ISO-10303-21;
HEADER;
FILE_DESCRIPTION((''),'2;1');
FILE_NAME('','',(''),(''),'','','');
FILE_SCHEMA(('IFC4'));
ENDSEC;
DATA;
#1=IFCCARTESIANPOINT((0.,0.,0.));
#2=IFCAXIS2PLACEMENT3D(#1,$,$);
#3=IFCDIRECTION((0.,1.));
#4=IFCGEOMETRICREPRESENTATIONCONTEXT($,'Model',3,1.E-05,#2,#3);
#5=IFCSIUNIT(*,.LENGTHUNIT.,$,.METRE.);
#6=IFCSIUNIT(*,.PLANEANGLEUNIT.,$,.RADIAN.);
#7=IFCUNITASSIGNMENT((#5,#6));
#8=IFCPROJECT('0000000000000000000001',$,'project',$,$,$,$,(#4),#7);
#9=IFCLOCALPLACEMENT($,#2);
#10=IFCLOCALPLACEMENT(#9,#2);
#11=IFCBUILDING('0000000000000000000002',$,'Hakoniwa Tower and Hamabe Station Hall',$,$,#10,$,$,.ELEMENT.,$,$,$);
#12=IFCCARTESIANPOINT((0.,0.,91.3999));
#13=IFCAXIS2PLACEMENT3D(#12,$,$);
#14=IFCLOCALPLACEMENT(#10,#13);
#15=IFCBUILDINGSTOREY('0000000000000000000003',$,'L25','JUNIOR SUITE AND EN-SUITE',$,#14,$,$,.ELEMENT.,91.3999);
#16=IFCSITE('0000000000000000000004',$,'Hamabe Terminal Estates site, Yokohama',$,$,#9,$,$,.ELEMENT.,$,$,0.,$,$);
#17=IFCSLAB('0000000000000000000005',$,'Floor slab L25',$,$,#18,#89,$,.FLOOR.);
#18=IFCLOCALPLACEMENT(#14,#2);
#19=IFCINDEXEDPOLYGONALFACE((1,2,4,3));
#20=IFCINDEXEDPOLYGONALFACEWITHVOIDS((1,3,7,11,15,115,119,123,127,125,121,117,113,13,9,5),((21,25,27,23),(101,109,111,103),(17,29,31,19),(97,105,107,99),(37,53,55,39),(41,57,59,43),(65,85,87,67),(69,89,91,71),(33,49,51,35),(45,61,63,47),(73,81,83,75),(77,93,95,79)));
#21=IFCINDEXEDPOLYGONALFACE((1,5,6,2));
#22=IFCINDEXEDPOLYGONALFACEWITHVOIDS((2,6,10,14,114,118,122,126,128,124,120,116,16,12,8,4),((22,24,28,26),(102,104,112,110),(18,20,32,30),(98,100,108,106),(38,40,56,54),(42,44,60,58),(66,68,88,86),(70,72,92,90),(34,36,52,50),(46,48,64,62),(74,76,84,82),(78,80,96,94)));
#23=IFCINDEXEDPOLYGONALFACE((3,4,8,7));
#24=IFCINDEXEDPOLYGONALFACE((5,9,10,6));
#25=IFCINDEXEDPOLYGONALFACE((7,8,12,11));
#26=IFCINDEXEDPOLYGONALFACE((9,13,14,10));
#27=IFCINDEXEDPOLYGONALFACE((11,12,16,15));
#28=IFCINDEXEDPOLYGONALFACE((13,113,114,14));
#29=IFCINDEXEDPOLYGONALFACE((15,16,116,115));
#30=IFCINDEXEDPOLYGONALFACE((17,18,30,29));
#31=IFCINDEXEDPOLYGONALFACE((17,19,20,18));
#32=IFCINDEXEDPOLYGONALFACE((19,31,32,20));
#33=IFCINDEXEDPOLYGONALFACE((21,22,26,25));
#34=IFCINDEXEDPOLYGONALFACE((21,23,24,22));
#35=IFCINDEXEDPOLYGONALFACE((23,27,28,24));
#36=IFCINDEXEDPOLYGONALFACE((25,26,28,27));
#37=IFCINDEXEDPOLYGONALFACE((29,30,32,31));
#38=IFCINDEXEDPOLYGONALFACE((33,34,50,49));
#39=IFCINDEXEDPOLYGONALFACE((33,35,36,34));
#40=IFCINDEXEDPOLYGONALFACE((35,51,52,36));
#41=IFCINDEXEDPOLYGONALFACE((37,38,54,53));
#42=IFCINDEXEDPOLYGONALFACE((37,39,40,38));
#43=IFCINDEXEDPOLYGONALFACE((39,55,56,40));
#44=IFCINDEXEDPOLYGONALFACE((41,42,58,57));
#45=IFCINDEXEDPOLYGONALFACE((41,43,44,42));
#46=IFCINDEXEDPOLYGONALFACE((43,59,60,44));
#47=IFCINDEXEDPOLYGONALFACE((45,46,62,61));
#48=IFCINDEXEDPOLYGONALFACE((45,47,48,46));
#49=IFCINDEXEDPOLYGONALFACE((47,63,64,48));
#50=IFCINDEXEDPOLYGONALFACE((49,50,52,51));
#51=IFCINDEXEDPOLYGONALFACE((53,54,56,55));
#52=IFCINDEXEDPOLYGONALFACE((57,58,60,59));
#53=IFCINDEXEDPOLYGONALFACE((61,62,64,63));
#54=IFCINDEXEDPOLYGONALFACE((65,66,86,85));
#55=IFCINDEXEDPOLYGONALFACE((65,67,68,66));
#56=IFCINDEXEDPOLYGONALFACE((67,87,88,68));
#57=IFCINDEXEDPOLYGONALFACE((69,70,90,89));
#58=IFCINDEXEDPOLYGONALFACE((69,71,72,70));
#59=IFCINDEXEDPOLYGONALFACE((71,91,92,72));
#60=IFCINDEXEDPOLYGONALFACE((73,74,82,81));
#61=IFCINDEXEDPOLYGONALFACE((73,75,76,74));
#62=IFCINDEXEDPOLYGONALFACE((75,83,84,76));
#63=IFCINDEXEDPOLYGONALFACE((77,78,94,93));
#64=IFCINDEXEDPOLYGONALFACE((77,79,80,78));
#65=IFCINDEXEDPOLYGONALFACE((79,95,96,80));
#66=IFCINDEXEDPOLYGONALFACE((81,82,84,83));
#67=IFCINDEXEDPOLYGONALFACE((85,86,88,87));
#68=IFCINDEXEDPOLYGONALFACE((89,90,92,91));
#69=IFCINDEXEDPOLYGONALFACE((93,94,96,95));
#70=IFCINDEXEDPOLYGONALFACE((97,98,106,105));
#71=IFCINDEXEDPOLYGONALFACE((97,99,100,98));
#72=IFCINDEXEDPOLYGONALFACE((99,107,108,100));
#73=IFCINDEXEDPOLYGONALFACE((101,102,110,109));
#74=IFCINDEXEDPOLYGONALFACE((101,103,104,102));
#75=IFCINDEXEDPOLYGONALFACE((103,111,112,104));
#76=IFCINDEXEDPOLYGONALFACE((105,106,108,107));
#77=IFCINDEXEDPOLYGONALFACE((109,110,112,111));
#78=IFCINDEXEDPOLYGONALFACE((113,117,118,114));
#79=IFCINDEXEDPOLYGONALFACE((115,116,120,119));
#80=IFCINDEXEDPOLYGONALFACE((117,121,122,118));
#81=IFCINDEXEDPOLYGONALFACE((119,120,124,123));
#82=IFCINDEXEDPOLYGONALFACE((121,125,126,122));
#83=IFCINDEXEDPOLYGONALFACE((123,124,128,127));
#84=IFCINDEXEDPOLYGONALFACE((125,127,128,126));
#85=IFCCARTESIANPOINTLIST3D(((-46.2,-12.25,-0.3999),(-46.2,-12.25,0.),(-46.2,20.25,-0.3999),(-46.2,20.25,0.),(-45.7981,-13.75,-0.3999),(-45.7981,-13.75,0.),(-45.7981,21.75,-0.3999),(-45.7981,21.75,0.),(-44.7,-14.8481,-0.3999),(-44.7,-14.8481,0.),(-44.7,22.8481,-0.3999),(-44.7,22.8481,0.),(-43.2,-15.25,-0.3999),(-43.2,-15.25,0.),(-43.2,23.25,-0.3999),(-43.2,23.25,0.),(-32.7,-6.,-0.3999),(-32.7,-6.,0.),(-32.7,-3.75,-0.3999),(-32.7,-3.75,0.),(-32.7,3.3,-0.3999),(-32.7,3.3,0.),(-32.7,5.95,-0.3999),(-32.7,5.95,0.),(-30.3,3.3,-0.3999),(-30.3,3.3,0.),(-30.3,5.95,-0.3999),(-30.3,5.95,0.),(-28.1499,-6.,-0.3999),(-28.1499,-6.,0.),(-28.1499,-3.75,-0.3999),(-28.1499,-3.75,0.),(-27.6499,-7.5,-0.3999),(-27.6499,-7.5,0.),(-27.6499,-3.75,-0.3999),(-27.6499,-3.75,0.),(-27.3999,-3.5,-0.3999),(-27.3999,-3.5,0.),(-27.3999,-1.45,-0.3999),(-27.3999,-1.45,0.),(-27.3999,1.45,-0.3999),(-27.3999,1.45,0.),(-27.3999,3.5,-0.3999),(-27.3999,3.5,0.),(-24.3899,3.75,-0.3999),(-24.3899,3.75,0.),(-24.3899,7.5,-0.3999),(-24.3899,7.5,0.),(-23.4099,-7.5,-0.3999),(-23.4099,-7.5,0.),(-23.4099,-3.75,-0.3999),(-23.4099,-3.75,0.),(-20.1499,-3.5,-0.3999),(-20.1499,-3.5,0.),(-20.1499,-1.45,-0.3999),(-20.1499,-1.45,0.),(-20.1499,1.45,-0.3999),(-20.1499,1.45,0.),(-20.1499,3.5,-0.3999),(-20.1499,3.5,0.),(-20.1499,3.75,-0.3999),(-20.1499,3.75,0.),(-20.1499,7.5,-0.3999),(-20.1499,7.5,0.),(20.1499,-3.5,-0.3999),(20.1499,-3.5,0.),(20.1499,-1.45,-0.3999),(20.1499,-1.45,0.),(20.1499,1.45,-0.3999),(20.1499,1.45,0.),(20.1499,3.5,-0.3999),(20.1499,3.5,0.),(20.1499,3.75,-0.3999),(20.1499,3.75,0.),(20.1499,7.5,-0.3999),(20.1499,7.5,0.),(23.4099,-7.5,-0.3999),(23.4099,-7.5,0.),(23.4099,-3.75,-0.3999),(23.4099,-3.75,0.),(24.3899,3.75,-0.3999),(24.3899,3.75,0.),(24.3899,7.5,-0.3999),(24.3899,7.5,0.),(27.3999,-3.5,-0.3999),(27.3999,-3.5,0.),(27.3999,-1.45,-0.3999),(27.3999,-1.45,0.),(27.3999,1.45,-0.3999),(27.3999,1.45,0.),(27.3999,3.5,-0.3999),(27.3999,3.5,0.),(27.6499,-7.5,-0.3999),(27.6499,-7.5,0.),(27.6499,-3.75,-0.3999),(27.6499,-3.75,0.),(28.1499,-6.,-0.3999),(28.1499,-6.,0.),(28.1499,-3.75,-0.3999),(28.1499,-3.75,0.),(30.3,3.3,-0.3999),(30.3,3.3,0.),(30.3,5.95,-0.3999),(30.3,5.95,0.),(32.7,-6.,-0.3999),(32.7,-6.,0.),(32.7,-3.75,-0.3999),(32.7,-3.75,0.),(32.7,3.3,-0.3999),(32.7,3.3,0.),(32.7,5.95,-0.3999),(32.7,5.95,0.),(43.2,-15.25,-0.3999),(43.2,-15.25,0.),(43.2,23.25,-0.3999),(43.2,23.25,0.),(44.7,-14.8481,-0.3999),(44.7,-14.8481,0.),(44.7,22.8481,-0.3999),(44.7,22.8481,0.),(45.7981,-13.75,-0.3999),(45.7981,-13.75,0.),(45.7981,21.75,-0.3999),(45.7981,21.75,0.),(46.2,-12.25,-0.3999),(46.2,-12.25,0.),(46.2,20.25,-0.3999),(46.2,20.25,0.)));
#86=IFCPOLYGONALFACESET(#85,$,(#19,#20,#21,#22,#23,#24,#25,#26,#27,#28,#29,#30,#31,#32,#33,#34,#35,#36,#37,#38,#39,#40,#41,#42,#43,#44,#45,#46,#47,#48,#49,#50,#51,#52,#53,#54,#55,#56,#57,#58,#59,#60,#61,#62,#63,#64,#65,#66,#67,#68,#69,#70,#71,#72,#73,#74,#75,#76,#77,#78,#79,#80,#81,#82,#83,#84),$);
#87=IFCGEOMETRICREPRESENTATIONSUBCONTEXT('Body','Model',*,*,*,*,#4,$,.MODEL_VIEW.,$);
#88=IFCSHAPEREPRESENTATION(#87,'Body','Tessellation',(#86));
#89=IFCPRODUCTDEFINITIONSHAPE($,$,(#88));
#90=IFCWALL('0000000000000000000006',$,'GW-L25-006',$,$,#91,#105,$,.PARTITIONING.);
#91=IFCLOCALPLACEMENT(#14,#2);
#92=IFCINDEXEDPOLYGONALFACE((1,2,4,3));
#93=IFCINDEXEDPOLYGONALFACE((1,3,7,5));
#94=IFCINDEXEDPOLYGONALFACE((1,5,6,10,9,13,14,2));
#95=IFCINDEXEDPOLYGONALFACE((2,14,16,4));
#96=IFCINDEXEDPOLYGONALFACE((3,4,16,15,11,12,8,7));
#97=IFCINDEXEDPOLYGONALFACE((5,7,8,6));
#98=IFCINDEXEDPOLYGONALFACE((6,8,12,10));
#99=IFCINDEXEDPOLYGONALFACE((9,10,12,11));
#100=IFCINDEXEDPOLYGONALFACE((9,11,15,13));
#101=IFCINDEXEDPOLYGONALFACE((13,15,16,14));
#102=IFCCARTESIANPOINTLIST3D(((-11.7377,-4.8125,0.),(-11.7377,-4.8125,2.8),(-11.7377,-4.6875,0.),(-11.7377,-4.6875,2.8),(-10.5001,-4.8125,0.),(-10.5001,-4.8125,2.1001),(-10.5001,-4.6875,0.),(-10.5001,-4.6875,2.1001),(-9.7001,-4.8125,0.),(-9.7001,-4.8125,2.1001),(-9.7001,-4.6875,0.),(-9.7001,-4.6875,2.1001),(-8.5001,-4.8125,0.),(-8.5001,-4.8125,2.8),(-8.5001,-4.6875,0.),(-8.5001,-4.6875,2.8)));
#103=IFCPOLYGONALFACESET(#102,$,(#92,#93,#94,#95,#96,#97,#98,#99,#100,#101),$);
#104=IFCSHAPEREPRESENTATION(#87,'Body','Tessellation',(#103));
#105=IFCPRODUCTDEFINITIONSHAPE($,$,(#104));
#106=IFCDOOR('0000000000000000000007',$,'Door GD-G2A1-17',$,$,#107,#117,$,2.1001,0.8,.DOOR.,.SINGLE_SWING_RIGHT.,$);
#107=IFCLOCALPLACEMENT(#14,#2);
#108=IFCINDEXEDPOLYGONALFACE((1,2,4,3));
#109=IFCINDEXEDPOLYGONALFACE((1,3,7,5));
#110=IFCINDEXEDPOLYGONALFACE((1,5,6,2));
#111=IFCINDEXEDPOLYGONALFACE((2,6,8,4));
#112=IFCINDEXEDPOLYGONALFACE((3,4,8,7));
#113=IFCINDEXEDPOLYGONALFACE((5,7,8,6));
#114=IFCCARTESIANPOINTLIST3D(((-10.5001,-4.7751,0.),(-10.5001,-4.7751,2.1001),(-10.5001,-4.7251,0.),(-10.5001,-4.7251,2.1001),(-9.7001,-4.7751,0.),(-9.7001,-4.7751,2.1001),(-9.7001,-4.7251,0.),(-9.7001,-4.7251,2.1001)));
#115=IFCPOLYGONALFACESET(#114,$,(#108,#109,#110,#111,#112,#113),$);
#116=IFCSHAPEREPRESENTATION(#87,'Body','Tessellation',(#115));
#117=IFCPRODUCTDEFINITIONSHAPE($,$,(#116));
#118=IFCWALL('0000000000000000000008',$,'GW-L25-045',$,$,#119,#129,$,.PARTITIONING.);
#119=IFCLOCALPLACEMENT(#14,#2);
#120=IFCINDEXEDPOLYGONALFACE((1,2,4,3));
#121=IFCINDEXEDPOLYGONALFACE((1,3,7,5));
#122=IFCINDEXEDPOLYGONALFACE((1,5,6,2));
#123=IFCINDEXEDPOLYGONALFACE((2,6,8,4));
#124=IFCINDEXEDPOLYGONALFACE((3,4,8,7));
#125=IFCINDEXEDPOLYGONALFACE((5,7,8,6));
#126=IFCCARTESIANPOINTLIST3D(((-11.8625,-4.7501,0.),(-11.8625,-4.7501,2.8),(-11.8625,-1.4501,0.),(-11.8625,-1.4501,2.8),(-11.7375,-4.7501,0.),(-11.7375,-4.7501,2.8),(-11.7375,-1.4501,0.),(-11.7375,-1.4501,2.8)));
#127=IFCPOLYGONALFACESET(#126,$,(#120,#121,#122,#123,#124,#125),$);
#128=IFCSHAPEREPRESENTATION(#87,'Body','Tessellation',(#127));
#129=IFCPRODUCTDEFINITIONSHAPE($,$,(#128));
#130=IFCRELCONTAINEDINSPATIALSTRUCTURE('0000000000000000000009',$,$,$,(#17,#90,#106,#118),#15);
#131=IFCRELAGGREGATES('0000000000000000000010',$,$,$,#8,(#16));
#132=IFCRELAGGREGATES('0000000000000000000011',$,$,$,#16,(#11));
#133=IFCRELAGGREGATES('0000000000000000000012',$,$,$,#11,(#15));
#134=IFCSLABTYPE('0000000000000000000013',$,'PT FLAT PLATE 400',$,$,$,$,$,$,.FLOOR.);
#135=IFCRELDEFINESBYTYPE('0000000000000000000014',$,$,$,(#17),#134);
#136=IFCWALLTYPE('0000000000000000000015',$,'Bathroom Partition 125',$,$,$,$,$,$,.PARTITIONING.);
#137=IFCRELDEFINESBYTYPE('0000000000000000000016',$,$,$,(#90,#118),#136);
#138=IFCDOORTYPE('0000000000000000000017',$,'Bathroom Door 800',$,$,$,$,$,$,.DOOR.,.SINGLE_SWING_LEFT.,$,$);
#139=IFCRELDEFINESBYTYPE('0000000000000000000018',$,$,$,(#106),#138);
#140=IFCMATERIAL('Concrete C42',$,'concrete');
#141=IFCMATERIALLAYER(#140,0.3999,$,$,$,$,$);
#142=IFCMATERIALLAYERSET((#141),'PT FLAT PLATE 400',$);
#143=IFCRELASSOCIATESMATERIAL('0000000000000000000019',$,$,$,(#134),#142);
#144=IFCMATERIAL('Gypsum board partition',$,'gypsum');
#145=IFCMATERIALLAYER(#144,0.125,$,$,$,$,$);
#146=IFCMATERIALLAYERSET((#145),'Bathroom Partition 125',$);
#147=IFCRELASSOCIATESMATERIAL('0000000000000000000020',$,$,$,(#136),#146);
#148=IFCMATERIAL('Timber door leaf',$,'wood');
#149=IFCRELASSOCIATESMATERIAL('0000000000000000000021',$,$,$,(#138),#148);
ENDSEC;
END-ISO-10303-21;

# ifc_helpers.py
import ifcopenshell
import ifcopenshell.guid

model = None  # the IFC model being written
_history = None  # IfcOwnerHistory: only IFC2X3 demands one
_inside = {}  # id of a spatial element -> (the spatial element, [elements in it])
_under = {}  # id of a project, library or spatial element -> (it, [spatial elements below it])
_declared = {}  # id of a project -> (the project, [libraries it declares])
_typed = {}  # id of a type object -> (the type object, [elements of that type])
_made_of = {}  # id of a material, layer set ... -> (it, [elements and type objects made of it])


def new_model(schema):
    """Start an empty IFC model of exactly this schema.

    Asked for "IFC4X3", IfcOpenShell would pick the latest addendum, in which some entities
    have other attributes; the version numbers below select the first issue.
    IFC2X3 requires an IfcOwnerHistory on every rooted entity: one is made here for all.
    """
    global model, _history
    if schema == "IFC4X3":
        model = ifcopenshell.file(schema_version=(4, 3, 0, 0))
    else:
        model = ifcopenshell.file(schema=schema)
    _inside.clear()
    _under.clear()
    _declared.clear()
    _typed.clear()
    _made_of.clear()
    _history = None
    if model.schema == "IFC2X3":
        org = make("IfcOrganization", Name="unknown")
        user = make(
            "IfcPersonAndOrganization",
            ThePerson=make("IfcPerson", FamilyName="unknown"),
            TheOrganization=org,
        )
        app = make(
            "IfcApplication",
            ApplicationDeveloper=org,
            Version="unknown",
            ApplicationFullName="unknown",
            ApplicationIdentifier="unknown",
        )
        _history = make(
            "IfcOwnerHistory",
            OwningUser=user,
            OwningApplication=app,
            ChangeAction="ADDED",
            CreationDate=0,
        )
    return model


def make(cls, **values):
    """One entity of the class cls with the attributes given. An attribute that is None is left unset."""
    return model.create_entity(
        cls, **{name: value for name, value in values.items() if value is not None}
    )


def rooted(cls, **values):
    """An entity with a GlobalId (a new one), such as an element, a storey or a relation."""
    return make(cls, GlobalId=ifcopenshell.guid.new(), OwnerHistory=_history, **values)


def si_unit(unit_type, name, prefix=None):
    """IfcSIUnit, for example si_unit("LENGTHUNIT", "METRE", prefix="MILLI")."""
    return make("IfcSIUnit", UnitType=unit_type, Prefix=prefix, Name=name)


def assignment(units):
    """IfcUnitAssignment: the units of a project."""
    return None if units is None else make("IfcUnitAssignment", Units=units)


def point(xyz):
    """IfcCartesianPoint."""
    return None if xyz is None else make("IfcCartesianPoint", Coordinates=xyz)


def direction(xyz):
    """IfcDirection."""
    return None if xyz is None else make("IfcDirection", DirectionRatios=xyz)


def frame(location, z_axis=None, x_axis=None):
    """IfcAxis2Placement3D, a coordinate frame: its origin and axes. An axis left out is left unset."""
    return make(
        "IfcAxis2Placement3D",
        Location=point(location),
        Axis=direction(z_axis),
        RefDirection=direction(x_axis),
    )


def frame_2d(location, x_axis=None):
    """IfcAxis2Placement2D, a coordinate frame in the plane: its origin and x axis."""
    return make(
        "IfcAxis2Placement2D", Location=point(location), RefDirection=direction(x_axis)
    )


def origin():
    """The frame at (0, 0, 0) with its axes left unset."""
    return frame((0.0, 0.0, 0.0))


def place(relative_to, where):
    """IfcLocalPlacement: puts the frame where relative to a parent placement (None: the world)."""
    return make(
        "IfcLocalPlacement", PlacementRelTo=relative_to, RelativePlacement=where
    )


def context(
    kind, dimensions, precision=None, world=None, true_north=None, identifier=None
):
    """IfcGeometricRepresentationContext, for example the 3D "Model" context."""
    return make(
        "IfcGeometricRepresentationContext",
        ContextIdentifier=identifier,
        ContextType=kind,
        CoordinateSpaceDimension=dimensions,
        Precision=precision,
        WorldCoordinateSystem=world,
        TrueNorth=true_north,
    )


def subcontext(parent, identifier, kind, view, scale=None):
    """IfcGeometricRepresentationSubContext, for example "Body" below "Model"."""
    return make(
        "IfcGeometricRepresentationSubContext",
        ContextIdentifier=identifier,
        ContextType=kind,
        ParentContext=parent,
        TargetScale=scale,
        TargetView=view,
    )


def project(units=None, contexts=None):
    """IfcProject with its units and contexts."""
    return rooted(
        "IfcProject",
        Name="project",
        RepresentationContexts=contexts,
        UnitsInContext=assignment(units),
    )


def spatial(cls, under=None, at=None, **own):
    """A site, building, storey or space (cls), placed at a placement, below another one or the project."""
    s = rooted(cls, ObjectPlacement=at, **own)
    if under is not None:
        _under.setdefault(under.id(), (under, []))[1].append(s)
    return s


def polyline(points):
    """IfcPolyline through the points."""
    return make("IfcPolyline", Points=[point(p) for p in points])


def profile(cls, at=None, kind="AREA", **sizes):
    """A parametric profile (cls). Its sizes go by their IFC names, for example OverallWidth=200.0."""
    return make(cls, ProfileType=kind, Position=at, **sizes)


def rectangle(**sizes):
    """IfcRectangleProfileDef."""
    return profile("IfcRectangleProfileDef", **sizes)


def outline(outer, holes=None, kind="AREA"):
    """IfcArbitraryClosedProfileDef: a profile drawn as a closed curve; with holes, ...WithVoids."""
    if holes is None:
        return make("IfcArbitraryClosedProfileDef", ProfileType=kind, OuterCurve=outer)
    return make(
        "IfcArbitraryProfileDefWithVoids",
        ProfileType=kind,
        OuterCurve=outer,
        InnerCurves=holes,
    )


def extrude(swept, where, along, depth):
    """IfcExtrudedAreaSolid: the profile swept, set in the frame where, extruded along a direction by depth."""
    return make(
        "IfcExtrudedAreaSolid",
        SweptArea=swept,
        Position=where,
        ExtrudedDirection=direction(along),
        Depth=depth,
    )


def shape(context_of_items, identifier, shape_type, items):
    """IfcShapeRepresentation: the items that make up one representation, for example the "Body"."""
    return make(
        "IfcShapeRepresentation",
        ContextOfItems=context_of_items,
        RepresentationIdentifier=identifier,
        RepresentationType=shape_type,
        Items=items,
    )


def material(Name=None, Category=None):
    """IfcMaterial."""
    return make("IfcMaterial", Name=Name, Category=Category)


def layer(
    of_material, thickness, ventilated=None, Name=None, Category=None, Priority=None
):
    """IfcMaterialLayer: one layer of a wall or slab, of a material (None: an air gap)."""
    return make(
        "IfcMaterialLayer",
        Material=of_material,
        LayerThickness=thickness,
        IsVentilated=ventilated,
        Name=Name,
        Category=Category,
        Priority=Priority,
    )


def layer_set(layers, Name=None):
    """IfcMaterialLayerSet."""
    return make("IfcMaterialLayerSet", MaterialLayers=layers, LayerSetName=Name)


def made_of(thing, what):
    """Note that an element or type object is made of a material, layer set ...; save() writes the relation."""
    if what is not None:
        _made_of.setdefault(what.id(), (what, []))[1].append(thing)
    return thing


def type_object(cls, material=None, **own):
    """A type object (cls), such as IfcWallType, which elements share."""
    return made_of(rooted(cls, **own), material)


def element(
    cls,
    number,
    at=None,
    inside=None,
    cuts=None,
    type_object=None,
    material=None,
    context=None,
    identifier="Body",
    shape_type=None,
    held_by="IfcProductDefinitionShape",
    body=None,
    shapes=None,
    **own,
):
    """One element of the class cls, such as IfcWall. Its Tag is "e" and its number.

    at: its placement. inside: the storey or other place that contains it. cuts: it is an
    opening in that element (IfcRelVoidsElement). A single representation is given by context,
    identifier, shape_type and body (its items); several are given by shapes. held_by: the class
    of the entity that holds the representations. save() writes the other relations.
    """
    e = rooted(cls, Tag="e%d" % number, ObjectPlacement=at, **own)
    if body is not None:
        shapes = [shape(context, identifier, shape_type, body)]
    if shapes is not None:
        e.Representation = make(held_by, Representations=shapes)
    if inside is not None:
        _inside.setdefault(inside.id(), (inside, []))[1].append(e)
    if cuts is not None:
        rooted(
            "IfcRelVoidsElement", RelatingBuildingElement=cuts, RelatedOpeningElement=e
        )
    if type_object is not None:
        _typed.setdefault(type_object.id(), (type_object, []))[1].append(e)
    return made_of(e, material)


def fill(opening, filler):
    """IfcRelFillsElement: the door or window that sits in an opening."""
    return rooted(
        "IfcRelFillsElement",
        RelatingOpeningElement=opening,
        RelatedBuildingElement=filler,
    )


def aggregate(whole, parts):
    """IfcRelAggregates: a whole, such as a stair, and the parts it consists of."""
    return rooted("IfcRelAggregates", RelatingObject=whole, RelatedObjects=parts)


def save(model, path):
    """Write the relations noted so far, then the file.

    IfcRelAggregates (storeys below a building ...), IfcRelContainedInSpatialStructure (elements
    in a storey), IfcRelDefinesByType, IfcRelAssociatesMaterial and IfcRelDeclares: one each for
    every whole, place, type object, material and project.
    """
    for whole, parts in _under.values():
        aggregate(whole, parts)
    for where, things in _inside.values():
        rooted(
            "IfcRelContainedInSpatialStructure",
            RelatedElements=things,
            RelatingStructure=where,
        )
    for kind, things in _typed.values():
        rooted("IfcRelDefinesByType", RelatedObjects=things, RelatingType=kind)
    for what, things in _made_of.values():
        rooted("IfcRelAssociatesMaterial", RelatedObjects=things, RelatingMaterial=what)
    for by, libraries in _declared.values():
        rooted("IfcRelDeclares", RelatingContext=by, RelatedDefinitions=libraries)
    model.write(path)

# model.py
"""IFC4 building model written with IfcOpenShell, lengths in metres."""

from ifc_helpers import new_model, si_unit, direction, frame, frame_2d, origin, place, context, subcontext, project, spatial, polyline, rectangle, outline, extrude, material, layer, layer_set, type_object, element, fill, save


model = new_model("IFC4")

# Units and contexts
model_context = context("Model", 3, precision=1e-05, world=origin(), true_north=direction((0.0, 1.0)))
body_context = subcontext(model_context, "Body", "Model", "MODEL_VIEW")
ifc_project = project(units=[si_unit("LENGTHUNIT", "METRE"), si_unit("PLANEANGLEUNIT", "RADIAN")], contexts=[model_context])

# Site, building, storey
site_placement = place(None, origin())
site = spatial("IfcSite", under=ifc_project, at=site_placement, Name="Hamabe Terminal Estates site, Yokohama", CompositionType="ELEMENT", RefElevation=0.0)
building_placement = place(site_placement, origin())
building = spatial("IfcBuilding", under=site, at=building_placement, Name="Hakoniwa Tower and Hamabe Station Hall", CompositionType="ELEMENT")
storey_placement = place(building_placement, frame((0.0, 0.0, 91.3999)))
storey = spatial("IfcBuildingStorey", under=building, at=storey_placement, Name="L25", Description="JUNIOR SUITE AND EN-SUITE", CompositionType="ELEMENT", Elevation=91.3999)

# Slab
ifc_material_1 = material(Name="Concrete C42", Category="concrete")
ifc_layer_1 = layer(ifc_material_1, 0.3999)
ifc_layer_set_1 = layer_set([ifc_layer_1], Name="PT FLAT PLATE 400")
slab_type = type_object("IfcSlabType", Name="PT FLAT PLATE 400", PredefinedType="FLOOR", material=ifc_layer_set_1)
slab_placement = place(storey_placement, frame((0.0, 0.0, -0.3999)))
element("IfcSlab", 1, at=slab_placement, inside=storey, type_object=slab_type, Name="Floor slab L25", PredefinedType="FLOOR", context=body_context, shape_type="SweptSolid", body=[
    extrude(outline(polyline([(46.2, -12.25), (46.2, 20.25), (45.7981, 21.75), (44.7, 22.8481), (43.2, 23.25), (-43.2, 23.25), (-44.7, 22.8481), (-45.7981, 21.75), (-46.2, 20.25), (-46.2, -12.25), (-45.7981, -13.75), (-44.7, -14.8481), (-43.2, -15.25), (43.2, -15.25), (44.7, -14.8481), (45.7981, -13.75), (46.2, -12.25)]), holes=[polyline([(-27.3999, 1.45), (-27.3999, 3.5), (-20.1499, 3.5), (-20.1499, 1.45), (-27.3999, 1.45)]), polyline([(-27.3999, -3.5), (-27.3999, -1.45), (-20.1499, -1.45), (-20.1499, -3.5), (-27.3999, -3.5)]), polyline([(-32.7, 3.3), (-32.7, 5.95), (-30.3, 5.95), (-30.3, 3.3), (-32.7, 3.3)]), polyline([(-32.7, -6.0), (-32.7, -3.75), (-28.1499, -3.75), (-28.1499, -6.0), (-32.7, -6.0)]), polyline([(-24.3899, 3.75), (-24.3899, 7.5), (-20.1499, 7.5), (-20.1499, 3.75), (-24.3899, 3.75)]), polyline([(-27.6499, -7.5), (-27.6499, -3.75), (-23.4099, -3.75), (-23.4099, -7.5), (-27.6499, -7.5)]), polyline([(20.1499, 1.45), (20.1499, 3.5), (27.3999, 3.5), (27.3999, 1.45), (20.1499, 1.45)]), polyline([(20.1499, -3.5), (20.1499, -1.45), (27.3999, -1.45), (27.3999, -3.5), (20.1499, -3.5)]), polyline([(30.3, 3.3), (30.3, 5.95), (32.7, 5.95), (32.7, 3.3), (30.3, 3.3)]), polyline([(28.1499, -6.0), (28.1499, -3.75), (32.7, -3.75), (32.7, -6.0), (28.1499, -6.0)]), polyline([(20.1499, 3.75), (20.1499, 7.5), (24.3899, 7.5), (24.3899, 3.75), (20.1499, 3.75)]), polyline([(23.4099, -7.5), (23.4099, -3.75), (27.6499, -3.75), (27.6499, -7.5), (23.4099, -7.5)])]), origin(), (0.0, 0.0, 1.0), 0.3999),
])

# Wall, opening, door
ifc_material_2 = material(Name="Gypsum board partition", Category="gypsum")
ifc_layer_2 = layer(ifc_material_2, 0.125)
ifc_layer_set_2 = layer_set([ifc_layer_2], Name="Bathroom Partition 125")
wall_type_1 = type_object("IfcWallType", Name="Bathroom Partition 125", PredefinedType="PARTITIONING", material=ifc_layer_set_2)
wall_1_placement = place(storey_placement, frame((-11.7375, -4.75, 0.0), z_axis=(0.0, 0.0, 1.0), x_axis=(1.0, 0.0, 0.0)))
wall_1 = element("IfcWall", 2, at=wall_1_placement, inside=storey, type_object=wall_type_1, Name="GW-L25-006", PredefinedType="PARTITIONING", context=body_context, shape_type="SweptSolid", body=[
    extrude(rectangle(XDim=3.2375, YDim=0.125, at=frame_2d((1.6187, 0.0))), origin(), (0.0, 0.0, 1.0), 2.8),
])
opening_1_placement = place(wall_1_placement, frame((1.2375, 0.0, 0.0)))
opening_1 = element("IfcOpeningElement", 3, at=opening_1_placement, cuts=wall_1, PredefinedType="OPENING", context=body_context, shape_type="SweptSolid", body=[
    extrude(rectangle(XDim=0.8, YDim=2.1001, at=frame_2d((0.3999, 1.05))), frame((0.0, 0.0725, 0.0), z_axis=(0.0, -1.0, 0.0), x_axis=(1.0, 0.0, 0.0)), (0.0, 0.0, 1.0), 0.145),
])
ifc_material_3 = material(Name="Timber door leaf", Category="wood")
door_type_1 = type_object("IfcDoorType", Name="Bathroom Door 800", OperationType="SINGLE_SWING_LEFT", PredefinedType="DOOR", material=ifc_material_3)
door_1_placement = place(opening_1_placement, origin())
door_1 = element("IfcDoor", 4, at=door_1_placement, inside=storey, type_object=door_type_1, Name="Door GD-G2A1-17", OperationType="SINGLE_SWING_RIGHT", OverallHeight=2.1001, OverallWidth=0.8, PredefinedType="DOOR", context=body_context, shape_type="SweptSolid", body=[
    extrude(rectangle(XDim=0.8, YDim=2.1001, at=frame_2d((0.3999, 1.05))), frame((0.0, 0.0249, 0.0), z_axis=(0.0, -1.0, 0.0), x_axis=(1.0, 0.0, 0.0)), (0.0, 0.0, 1.0), 0.05),
])
fill(opening_1, door_1)

# Wall
wall_2_placement = place(storey_placement, frame((-11.8, -4.75, 0.0), z_axis=(0.0, 0.0, 1.0), x_axis=(0.0, 1.0, 0.0)))
element("IfcWall", 5, at=wall_2_placement, inside=storey, type_object=wall_type_1, Name="GW-L25-045", PredefinedType="PARTITIONING", context=body_context, shape_type="SweptSolid", body=[
    extrude(rectangle(XDim=3.3, YDim=0.125, at=frame_2d((1.6499, 0.0))), origin(), (0.0, 0.0, 1.0), 2.8),
])

save(model, "model.ifc")
